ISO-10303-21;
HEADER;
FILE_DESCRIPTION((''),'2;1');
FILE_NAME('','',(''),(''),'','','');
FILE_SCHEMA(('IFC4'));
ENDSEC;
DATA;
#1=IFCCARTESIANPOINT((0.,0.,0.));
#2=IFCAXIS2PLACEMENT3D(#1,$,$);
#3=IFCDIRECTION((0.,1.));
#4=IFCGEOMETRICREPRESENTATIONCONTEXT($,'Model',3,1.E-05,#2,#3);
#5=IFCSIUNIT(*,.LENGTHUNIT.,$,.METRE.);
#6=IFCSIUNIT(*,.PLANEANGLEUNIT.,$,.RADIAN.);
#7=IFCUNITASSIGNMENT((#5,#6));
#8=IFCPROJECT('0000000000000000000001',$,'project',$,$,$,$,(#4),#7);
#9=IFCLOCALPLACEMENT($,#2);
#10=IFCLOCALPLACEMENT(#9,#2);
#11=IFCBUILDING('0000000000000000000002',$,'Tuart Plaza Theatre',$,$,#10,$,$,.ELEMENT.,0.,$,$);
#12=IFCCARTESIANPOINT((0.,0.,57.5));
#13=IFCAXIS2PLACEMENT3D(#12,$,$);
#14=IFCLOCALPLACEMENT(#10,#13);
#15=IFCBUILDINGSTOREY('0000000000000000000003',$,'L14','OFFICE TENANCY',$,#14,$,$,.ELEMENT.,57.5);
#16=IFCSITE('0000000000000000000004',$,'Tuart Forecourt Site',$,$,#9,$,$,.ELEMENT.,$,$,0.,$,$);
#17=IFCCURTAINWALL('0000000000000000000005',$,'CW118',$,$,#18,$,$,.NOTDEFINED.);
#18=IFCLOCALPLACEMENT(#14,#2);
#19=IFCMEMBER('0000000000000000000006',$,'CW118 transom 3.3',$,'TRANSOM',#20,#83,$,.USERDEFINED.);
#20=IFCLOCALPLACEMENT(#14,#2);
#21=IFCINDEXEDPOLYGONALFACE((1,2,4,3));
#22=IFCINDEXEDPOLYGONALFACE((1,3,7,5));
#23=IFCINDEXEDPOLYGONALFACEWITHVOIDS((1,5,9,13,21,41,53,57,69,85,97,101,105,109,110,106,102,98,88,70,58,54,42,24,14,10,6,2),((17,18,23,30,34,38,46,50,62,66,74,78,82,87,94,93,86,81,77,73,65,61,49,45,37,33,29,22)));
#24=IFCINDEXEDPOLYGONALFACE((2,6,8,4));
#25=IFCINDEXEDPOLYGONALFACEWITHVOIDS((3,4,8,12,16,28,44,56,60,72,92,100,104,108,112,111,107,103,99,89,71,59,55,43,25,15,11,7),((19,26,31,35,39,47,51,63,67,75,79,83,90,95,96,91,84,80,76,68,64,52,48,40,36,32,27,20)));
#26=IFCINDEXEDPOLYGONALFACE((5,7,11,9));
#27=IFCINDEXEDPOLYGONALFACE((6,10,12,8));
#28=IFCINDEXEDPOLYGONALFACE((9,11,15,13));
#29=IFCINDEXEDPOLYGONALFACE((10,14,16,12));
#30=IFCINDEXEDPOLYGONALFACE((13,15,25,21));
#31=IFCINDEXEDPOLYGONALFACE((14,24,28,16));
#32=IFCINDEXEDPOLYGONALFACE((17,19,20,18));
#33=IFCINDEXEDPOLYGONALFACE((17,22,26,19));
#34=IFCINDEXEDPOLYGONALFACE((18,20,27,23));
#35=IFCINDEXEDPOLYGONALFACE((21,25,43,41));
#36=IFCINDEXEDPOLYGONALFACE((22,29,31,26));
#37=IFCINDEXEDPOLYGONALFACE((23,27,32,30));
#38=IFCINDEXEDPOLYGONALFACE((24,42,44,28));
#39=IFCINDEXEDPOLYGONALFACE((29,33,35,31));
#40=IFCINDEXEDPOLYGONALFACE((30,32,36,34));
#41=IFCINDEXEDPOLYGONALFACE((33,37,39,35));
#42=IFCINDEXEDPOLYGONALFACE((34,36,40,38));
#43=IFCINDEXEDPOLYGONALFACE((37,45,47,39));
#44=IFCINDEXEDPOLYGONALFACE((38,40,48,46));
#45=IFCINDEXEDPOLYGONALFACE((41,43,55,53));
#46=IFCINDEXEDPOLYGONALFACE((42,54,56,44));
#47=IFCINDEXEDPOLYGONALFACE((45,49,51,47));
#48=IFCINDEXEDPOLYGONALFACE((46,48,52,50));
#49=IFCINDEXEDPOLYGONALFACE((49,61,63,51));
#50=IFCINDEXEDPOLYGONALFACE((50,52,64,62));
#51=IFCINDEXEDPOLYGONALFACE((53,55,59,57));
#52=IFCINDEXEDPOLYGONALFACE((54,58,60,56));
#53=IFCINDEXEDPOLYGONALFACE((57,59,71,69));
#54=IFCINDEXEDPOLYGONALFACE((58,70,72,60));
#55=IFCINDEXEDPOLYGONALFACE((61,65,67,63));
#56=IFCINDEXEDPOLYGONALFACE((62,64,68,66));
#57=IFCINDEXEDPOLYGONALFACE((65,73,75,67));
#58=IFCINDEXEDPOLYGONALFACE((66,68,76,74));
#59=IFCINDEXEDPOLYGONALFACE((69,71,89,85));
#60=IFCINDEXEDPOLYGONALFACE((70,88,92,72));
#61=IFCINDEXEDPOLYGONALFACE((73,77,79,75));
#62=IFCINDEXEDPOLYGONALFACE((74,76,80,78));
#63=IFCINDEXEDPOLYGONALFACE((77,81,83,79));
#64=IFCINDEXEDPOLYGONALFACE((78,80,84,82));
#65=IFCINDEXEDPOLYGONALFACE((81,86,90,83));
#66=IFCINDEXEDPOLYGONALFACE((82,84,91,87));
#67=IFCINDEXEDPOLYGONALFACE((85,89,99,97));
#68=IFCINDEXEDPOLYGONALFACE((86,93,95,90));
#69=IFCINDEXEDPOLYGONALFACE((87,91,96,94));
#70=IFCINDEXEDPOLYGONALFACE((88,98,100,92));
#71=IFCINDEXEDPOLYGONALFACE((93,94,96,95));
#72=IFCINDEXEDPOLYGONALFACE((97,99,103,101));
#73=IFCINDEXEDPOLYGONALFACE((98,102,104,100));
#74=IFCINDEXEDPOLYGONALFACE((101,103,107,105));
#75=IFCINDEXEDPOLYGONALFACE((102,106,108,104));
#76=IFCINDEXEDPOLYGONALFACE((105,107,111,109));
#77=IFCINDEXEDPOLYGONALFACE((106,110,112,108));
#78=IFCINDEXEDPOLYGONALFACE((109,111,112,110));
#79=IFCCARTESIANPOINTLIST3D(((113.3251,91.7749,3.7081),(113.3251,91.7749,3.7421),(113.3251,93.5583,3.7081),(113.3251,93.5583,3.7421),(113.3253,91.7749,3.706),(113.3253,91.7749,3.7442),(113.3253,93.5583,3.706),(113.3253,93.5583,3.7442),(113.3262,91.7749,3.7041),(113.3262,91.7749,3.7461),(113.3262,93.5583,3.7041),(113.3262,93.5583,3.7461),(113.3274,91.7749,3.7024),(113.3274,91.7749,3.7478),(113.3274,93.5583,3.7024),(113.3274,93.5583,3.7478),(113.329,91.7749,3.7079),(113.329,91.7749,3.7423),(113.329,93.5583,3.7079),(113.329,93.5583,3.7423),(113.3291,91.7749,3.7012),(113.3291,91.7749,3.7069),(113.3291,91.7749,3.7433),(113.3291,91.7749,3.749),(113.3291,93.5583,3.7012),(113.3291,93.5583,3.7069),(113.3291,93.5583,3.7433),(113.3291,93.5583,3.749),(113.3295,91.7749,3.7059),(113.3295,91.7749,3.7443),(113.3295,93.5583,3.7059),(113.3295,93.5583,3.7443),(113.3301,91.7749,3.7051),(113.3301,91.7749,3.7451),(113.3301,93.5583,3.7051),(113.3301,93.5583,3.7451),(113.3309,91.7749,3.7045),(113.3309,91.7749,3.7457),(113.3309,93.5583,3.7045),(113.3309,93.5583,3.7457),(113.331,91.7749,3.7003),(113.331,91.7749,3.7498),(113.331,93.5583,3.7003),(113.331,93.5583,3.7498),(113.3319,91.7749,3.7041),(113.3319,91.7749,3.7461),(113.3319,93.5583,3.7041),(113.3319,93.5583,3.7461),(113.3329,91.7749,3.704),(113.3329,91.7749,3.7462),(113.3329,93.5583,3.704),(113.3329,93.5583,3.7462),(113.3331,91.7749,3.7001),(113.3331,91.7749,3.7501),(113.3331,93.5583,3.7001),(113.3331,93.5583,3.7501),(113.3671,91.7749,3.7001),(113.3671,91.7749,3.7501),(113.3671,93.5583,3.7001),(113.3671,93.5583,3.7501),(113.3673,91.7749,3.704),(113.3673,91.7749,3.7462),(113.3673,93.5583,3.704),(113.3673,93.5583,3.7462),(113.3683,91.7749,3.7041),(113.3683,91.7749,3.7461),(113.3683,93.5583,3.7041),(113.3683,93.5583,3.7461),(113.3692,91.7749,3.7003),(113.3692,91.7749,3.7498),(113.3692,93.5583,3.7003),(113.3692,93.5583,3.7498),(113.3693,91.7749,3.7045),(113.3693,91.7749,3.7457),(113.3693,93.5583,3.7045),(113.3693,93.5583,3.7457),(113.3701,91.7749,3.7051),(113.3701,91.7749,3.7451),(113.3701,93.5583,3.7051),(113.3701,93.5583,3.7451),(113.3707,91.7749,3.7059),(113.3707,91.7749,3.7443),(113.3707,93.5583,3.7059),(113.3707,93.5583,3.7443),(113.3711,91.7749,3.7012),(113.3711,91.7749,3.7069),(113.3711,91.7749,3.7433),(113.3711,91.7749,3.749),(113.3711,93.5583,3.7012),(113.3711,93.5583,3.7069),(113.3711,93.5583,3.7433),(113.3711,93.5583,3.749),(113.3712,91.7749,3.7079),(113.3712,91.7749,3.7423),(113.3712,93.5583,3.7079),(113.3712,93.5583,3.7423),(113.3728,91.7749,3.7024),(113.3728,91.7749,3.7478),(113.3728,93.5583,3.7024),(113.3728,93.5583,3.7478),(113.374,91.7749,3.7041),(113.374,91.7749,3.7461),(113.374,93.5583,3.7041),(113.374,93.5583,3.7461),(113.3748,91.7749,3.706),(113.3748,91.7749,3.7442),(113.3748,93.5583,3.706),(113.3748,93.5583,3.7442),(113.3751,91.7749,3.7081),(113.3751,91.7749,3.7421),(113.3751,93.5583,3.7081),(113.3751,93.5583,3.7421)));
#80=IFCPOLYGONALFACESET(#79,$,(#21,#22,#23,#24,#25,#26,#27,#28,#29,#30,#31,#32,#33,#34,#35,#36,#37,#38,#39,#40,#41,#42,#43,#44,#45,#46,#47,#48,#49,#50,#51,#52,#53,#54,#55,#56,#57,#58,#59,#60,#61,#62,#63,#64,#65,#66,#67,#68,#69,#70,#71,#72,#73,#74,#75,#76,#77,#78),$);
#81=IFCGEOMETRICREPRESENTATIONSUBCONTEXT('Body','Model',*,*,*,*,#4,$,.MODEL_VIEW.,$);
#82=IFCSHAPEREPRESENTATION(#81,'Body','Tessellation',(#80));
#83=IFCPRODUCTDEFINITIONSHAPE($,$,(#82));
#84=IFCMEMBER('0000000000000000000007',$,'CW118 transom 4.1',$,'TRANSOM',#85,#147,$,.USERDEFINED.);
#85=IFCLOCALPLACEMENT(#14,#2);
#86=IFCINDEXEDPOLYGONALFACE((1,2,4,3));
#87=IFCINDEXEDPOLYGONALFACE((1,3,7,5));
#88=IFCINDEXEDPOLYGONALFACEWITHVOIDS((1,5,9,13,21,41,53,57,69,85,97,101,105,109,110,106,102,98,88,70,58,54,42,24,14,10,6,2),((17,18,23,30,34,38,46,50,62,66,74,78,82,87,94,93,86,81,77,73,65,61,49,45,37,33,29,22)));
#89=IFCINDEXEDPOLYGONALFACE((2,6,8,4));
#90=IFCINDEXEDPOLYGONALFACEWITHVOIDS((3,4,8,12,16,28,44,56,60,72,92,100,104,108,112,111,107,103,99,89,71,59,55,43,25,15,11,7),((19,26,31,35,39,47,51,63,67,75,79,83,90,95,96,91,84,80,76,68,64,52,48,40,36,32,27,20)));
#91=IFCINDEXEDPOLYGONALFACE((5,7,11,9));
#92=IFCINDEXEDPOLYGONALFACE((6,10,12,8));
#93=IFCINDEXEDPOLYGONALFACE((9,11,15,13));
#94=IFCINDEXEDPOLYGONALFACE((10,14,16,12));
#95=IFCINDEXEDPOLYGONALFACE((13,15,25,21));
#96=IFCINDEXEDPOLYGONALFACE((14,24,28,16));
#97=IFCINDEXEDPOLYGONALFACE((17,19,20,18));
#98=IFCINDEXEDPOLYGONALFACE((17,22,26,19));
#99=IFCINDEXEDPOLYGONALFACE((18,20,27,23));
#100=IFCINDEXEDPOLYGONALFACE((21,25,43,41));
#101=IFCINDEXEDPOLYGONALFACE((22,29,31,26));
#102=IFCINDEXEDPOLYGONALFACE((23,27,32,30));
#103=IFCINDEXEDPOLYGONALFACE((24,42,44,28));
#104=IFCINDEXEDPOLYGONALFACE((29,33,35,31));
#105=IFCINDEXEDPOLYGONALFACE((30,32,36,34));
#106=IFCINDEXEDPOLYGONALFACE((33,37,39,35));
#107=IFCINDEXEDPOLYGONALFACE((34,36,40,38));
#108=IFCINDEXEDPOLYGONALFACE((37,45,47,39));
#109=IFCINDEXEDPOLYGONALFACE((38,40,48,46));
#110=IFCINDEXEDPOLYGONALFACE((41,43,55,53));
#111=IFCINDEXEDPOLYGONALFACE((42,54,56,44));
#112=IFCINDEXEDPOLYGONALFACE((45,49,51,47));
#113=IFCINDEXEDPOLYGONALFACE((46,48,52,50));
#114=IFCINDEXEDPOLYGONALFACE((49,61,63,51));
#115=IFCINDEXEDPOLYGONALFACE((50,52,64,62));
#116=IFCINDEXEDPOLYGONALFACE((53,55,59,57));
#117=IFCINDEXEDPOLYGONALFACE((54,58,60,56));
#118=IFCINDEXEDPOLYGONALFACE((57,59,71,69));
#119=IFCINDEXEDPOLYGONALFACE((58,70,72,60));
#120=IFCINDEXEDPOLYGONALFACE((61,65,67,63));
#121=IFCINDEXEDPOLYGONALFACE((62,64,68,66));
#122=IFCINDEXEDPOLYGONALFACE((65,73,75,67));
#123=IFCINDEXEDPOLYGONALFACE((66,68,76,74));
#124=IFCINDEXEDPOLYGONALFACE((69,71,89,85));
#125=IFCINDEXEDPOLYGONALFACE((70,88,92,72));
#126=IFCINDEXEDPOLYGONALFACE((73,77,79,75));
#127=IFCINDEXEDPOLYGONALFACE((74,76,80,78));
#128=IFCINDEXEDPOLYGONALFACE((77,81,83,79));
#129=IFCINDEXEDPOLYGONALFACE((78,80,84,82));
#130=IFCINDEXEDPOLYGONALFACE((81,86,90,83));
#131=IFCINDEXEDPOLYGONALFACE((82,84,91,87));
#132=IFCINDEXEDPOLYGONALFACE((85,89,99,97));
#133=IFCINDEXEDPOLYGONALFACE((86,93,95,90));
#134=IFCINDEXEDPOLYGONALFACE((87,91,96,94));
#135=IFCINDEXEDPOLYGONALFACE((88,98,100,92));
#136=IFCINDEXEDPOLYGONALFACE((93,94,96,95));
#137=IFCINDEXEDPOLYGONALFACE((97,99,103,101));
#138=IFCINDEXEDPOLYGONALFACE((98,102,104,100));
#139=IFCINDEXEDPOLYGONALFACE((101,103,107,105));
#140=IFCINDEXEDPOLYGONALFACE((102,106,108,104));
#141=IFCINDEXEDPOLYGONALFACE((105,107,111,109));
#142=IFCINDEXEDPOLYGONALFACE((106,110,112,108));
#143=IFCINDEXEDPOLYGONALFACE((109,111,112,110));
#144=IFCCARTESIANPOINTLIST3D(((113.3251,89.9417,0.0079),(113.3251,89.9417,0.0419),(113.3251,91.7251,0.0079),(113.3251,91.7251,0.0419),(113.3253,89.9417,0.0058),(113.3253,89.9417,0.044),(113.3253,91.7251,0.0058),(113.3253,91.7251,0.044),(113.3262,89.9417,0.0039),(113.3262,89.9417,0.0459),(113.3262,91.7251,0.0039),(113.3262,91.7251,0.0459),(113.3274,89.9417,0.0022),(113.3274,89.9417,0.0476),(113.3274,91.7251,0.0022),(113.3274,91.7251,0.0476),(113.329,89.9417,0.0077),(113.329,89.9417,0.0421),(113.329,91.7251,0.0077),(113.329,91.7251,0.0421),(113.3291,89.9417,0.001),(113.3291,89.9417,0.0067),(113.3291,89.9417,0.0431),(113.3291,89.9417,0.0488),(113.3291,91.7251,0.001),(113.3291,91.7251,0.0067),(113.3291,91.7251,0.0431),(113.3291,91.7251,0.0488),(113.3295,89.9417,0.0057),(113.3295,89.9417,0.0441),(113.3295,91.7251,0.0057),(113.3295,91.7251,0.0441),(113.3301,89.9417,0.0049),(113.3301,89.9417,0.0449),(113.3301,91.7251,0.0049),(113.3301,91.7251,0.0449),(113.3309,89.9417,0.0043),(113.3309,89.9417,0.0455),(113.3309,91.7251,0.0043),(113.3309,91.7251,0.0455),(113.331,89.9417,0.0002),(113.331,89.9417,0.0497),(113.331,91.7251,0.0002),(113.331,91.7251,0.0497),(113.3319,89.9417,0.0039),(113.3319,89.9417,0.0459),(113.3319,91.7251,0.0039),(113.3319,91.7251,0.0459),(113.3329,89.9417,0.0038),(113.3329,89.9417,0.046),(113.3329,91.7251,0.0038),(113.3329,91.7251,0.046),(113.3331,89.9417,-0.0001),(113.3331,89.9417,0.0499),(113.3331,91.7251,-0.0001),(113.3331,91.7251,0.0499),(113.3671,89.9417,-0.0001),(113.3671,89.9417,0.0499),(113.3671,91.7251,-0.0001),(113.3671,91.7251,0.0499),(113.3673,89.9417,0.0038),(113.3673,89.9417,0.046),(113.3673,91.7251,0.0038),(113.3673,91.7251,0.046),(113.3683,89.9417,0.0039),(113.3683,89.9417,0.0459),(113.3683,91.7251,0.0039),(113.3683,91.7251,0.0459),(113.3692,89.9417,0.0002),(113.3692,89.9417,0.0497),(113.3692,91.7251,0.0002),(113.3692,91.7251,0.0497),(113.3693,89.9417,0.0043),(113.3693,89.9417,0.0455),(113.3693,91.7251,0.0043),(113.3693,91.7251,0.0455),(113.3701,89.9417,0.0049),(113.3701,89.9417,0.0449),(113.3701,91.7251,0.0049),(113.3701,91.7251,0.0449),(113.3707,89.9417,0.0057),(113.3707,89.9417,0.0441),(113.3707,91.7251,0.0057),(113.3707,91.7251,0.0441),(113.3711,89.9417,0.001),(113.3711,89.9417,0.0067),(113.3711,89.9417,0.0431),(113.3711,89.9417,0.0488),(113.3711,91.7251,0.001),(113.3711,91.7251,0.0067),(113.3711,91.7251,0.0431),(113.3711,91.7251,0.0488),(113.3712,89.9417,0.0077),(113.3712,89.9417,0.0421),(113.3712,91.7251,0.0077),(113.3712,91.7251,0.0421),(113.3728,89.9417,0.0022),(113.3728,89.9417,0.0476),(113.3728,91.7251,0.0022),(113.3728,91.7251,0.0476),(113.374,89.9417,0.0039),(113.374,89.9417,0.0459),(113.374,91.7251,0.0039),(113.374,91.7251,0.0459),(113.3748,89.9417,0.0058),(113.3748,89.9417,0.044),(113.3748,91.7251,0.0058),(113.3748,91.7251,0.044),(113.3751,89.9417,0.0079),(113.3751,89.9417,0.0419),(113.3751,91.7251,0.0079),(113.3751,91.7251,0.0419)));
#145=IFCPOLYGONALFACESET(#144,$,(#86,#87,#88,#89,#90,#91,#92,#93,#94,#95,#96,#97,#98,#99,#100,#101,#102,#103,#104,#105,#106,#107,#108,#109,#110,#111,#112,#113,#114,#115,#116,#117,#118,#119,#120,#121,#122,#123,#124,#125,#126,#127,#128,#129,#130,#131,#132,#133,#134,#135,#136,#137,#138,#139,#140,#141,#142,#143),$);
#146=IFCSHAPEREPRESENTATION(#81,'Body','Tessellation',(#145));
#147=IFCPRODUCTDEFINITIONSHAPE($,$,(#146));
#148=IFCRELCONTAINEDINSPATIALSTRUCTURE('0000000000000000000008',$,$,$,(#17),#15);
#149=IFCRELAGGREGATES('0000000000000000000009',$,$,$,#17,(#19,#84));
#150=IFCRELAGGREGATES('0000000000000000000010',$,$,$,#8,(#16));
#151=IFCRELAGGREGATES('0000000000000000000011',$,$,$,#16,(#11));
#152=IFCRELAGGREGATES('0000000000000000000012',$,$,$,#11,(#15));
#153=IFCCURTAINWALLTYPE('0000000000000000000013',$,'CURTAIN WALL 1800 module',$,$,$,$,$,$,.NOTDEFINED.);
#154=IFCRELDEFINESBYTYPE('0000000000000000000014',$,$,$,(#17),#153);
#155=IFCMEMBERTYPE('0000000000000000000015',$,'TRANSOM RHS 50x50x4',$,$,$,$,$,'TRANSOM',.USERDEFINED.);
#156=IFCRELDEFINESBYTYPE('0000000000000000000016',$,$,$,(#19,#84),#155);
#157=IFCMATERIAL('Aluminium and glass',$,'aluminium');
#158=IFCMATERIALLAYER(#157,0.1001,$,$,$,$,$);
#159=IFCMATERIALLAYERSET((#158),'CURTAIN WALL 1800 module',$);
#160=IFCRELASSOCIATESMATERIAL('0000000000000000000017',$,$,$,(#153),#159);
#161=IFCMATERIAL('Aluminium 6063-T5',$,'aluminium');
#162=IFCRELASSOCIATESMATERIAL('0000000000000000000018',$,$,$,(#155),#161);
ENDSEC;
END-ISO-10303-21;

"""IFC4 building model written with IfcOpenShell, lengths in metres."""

from ifc_helpers import new_model, si_unit, direction, frame, origin, origin_2d, place, context, subcontext, project, spatial, hollow_rectangle, extrude, material, layer, layer_set, material_profile, profile_set, type_object, element, aggregate, save


model = new_model("IFC4")

# Units and contexts
model_context = context("Model", 3, precision=1e-05, world=origin(), true_north=direction((0.0, 1.0)))
body_context = subcontext(model_context, "Body", "Model", "MODEL_VIEW")
ifc_project = project(units=[si_unit("LENGTHUNIT", "METRE"), si_unit("PLANEANGLEUNIT", "RADIAN")], contexts=[model_context])

# Site, building, storey
site_placement = place(None, origin())
site = spatial("IfcSite", under=ifc_project, at=site_placement, Name="Tuart Forecourt Site", CompositionType="ELEMENT", RefElevation=0.0)
building_placement = place(site_placement, origin())
building = spatial("IfcBuilding", under=site, at=building_placement, Name="Tuart Plaza Theatre", CompositionType="ELEMENT", ElevationOfRefHeight=0.0)
storey_placement = place(building_placement, frame((0.0, 0.0, 57.5)))
storey = spatial("IfcBuildingStorey", under=building, at=storey_placement, Name="L14", Description="OFFICE TENANCY", CompositionType="ELEMENT", Elevation=57.5)

# Curtain wall, members
ifc_material_1 = material(Name="Aluminium and glass", Category="aluminium")
ifc_layer_1 = layer(ifc_material_1, 0.1001)
ifc_layer_set_1 = layer_set([ifc_layer_1], Name="CURTAIN WALL 1800 module")
curtain_wall_type = type_object("IfcCurtainWallType", Name="CURTAIN WALL 1800 module", PredefinedType="NOTDEFINED", material=ifc_layer_set_1)
curtain_wall_placement = place(storey_placement, origin())
curtain_wall = element("IfcCurtainWall", 1, at=curtain_wall_placement, inside=storey, type_object=curtain_wall_type, Name="CW118", PredefinedType="NOTDEFINED")
ifc_material_2 = material(Name="Aluminium 6063-T5", Category="aluminium")
ifc_material_profile_1 = material_profile(ifc_material_2, hollow_rectangle(XDim=0.05, YDim=0.05, WallThickness=0.0039, InnerFilletRadius=0.0039, OuterFilletRadius=0.0081, at=origin_2d()), Name="RHS 50x50x4")
ifc_profile_set_1 = profile_set([ifc_material_profile_1], Name="Aluminium 6063-T5")
member_type_1 = type_object("IfcMemberType", Name="TRANSOM RHS 50x50x4", ElementType="TRANSOM", PredefinedType="USERDEFINED", material=ifc_profile_set_1)
member_1_placement = place(storey_placement, frame((113.3501, 93.5583, 3.7251), z_axis=(0.0, -1.0, 0.0), x_axis=(1.0, 0.0, 0.0)))
member_1 = element("IfcMember", 2, at=member_1_placement, type_object=member_type_1, Name="CW118 transom 3.3", ObjectType="TRANSOM", PredefinedType="USERDEFINED", context=body_context, shape_type="SweptSolid", body=[
    extrude(hollow_rectangle(XDim=0.05, YDim=0.05, WallThickness=0.0039, InnerFilletRadius=0.0039, OuterFilletRadius=0.0081, at=origin_2d()), origin(), (0.0, 0.0, 1.0), 1.7834),
])
member_2_placement = place(storey_placement, frame((113.3501, 91.7251, 0.0249), z_axis=(0.0, -1.0, 0.0), x_axis=(1.0, 0.0, 0.0)))
member_2 = element("IfcMember", 3, at=member_2_placement, type_object=member_type_1, Name="CW118 transom 4.1", ObjectType="TRANSOM", PredefinedType="USERDEFINED", context=body_context, shape_type="SweptSolid", body=[
    extrude(hollow_rectangle(XDim=0.05, YDim=0.05, WallThickness=0.0039, InnerFilletRadius=0.0039, OuterFilletRadius=0.0081, at=origin_2d()), origin(), (0.0, 0.0, 1.0), 1.7834),
])
aggregate(curtain_wall, [member_1, member_2])

save(model, "model.ifc")
